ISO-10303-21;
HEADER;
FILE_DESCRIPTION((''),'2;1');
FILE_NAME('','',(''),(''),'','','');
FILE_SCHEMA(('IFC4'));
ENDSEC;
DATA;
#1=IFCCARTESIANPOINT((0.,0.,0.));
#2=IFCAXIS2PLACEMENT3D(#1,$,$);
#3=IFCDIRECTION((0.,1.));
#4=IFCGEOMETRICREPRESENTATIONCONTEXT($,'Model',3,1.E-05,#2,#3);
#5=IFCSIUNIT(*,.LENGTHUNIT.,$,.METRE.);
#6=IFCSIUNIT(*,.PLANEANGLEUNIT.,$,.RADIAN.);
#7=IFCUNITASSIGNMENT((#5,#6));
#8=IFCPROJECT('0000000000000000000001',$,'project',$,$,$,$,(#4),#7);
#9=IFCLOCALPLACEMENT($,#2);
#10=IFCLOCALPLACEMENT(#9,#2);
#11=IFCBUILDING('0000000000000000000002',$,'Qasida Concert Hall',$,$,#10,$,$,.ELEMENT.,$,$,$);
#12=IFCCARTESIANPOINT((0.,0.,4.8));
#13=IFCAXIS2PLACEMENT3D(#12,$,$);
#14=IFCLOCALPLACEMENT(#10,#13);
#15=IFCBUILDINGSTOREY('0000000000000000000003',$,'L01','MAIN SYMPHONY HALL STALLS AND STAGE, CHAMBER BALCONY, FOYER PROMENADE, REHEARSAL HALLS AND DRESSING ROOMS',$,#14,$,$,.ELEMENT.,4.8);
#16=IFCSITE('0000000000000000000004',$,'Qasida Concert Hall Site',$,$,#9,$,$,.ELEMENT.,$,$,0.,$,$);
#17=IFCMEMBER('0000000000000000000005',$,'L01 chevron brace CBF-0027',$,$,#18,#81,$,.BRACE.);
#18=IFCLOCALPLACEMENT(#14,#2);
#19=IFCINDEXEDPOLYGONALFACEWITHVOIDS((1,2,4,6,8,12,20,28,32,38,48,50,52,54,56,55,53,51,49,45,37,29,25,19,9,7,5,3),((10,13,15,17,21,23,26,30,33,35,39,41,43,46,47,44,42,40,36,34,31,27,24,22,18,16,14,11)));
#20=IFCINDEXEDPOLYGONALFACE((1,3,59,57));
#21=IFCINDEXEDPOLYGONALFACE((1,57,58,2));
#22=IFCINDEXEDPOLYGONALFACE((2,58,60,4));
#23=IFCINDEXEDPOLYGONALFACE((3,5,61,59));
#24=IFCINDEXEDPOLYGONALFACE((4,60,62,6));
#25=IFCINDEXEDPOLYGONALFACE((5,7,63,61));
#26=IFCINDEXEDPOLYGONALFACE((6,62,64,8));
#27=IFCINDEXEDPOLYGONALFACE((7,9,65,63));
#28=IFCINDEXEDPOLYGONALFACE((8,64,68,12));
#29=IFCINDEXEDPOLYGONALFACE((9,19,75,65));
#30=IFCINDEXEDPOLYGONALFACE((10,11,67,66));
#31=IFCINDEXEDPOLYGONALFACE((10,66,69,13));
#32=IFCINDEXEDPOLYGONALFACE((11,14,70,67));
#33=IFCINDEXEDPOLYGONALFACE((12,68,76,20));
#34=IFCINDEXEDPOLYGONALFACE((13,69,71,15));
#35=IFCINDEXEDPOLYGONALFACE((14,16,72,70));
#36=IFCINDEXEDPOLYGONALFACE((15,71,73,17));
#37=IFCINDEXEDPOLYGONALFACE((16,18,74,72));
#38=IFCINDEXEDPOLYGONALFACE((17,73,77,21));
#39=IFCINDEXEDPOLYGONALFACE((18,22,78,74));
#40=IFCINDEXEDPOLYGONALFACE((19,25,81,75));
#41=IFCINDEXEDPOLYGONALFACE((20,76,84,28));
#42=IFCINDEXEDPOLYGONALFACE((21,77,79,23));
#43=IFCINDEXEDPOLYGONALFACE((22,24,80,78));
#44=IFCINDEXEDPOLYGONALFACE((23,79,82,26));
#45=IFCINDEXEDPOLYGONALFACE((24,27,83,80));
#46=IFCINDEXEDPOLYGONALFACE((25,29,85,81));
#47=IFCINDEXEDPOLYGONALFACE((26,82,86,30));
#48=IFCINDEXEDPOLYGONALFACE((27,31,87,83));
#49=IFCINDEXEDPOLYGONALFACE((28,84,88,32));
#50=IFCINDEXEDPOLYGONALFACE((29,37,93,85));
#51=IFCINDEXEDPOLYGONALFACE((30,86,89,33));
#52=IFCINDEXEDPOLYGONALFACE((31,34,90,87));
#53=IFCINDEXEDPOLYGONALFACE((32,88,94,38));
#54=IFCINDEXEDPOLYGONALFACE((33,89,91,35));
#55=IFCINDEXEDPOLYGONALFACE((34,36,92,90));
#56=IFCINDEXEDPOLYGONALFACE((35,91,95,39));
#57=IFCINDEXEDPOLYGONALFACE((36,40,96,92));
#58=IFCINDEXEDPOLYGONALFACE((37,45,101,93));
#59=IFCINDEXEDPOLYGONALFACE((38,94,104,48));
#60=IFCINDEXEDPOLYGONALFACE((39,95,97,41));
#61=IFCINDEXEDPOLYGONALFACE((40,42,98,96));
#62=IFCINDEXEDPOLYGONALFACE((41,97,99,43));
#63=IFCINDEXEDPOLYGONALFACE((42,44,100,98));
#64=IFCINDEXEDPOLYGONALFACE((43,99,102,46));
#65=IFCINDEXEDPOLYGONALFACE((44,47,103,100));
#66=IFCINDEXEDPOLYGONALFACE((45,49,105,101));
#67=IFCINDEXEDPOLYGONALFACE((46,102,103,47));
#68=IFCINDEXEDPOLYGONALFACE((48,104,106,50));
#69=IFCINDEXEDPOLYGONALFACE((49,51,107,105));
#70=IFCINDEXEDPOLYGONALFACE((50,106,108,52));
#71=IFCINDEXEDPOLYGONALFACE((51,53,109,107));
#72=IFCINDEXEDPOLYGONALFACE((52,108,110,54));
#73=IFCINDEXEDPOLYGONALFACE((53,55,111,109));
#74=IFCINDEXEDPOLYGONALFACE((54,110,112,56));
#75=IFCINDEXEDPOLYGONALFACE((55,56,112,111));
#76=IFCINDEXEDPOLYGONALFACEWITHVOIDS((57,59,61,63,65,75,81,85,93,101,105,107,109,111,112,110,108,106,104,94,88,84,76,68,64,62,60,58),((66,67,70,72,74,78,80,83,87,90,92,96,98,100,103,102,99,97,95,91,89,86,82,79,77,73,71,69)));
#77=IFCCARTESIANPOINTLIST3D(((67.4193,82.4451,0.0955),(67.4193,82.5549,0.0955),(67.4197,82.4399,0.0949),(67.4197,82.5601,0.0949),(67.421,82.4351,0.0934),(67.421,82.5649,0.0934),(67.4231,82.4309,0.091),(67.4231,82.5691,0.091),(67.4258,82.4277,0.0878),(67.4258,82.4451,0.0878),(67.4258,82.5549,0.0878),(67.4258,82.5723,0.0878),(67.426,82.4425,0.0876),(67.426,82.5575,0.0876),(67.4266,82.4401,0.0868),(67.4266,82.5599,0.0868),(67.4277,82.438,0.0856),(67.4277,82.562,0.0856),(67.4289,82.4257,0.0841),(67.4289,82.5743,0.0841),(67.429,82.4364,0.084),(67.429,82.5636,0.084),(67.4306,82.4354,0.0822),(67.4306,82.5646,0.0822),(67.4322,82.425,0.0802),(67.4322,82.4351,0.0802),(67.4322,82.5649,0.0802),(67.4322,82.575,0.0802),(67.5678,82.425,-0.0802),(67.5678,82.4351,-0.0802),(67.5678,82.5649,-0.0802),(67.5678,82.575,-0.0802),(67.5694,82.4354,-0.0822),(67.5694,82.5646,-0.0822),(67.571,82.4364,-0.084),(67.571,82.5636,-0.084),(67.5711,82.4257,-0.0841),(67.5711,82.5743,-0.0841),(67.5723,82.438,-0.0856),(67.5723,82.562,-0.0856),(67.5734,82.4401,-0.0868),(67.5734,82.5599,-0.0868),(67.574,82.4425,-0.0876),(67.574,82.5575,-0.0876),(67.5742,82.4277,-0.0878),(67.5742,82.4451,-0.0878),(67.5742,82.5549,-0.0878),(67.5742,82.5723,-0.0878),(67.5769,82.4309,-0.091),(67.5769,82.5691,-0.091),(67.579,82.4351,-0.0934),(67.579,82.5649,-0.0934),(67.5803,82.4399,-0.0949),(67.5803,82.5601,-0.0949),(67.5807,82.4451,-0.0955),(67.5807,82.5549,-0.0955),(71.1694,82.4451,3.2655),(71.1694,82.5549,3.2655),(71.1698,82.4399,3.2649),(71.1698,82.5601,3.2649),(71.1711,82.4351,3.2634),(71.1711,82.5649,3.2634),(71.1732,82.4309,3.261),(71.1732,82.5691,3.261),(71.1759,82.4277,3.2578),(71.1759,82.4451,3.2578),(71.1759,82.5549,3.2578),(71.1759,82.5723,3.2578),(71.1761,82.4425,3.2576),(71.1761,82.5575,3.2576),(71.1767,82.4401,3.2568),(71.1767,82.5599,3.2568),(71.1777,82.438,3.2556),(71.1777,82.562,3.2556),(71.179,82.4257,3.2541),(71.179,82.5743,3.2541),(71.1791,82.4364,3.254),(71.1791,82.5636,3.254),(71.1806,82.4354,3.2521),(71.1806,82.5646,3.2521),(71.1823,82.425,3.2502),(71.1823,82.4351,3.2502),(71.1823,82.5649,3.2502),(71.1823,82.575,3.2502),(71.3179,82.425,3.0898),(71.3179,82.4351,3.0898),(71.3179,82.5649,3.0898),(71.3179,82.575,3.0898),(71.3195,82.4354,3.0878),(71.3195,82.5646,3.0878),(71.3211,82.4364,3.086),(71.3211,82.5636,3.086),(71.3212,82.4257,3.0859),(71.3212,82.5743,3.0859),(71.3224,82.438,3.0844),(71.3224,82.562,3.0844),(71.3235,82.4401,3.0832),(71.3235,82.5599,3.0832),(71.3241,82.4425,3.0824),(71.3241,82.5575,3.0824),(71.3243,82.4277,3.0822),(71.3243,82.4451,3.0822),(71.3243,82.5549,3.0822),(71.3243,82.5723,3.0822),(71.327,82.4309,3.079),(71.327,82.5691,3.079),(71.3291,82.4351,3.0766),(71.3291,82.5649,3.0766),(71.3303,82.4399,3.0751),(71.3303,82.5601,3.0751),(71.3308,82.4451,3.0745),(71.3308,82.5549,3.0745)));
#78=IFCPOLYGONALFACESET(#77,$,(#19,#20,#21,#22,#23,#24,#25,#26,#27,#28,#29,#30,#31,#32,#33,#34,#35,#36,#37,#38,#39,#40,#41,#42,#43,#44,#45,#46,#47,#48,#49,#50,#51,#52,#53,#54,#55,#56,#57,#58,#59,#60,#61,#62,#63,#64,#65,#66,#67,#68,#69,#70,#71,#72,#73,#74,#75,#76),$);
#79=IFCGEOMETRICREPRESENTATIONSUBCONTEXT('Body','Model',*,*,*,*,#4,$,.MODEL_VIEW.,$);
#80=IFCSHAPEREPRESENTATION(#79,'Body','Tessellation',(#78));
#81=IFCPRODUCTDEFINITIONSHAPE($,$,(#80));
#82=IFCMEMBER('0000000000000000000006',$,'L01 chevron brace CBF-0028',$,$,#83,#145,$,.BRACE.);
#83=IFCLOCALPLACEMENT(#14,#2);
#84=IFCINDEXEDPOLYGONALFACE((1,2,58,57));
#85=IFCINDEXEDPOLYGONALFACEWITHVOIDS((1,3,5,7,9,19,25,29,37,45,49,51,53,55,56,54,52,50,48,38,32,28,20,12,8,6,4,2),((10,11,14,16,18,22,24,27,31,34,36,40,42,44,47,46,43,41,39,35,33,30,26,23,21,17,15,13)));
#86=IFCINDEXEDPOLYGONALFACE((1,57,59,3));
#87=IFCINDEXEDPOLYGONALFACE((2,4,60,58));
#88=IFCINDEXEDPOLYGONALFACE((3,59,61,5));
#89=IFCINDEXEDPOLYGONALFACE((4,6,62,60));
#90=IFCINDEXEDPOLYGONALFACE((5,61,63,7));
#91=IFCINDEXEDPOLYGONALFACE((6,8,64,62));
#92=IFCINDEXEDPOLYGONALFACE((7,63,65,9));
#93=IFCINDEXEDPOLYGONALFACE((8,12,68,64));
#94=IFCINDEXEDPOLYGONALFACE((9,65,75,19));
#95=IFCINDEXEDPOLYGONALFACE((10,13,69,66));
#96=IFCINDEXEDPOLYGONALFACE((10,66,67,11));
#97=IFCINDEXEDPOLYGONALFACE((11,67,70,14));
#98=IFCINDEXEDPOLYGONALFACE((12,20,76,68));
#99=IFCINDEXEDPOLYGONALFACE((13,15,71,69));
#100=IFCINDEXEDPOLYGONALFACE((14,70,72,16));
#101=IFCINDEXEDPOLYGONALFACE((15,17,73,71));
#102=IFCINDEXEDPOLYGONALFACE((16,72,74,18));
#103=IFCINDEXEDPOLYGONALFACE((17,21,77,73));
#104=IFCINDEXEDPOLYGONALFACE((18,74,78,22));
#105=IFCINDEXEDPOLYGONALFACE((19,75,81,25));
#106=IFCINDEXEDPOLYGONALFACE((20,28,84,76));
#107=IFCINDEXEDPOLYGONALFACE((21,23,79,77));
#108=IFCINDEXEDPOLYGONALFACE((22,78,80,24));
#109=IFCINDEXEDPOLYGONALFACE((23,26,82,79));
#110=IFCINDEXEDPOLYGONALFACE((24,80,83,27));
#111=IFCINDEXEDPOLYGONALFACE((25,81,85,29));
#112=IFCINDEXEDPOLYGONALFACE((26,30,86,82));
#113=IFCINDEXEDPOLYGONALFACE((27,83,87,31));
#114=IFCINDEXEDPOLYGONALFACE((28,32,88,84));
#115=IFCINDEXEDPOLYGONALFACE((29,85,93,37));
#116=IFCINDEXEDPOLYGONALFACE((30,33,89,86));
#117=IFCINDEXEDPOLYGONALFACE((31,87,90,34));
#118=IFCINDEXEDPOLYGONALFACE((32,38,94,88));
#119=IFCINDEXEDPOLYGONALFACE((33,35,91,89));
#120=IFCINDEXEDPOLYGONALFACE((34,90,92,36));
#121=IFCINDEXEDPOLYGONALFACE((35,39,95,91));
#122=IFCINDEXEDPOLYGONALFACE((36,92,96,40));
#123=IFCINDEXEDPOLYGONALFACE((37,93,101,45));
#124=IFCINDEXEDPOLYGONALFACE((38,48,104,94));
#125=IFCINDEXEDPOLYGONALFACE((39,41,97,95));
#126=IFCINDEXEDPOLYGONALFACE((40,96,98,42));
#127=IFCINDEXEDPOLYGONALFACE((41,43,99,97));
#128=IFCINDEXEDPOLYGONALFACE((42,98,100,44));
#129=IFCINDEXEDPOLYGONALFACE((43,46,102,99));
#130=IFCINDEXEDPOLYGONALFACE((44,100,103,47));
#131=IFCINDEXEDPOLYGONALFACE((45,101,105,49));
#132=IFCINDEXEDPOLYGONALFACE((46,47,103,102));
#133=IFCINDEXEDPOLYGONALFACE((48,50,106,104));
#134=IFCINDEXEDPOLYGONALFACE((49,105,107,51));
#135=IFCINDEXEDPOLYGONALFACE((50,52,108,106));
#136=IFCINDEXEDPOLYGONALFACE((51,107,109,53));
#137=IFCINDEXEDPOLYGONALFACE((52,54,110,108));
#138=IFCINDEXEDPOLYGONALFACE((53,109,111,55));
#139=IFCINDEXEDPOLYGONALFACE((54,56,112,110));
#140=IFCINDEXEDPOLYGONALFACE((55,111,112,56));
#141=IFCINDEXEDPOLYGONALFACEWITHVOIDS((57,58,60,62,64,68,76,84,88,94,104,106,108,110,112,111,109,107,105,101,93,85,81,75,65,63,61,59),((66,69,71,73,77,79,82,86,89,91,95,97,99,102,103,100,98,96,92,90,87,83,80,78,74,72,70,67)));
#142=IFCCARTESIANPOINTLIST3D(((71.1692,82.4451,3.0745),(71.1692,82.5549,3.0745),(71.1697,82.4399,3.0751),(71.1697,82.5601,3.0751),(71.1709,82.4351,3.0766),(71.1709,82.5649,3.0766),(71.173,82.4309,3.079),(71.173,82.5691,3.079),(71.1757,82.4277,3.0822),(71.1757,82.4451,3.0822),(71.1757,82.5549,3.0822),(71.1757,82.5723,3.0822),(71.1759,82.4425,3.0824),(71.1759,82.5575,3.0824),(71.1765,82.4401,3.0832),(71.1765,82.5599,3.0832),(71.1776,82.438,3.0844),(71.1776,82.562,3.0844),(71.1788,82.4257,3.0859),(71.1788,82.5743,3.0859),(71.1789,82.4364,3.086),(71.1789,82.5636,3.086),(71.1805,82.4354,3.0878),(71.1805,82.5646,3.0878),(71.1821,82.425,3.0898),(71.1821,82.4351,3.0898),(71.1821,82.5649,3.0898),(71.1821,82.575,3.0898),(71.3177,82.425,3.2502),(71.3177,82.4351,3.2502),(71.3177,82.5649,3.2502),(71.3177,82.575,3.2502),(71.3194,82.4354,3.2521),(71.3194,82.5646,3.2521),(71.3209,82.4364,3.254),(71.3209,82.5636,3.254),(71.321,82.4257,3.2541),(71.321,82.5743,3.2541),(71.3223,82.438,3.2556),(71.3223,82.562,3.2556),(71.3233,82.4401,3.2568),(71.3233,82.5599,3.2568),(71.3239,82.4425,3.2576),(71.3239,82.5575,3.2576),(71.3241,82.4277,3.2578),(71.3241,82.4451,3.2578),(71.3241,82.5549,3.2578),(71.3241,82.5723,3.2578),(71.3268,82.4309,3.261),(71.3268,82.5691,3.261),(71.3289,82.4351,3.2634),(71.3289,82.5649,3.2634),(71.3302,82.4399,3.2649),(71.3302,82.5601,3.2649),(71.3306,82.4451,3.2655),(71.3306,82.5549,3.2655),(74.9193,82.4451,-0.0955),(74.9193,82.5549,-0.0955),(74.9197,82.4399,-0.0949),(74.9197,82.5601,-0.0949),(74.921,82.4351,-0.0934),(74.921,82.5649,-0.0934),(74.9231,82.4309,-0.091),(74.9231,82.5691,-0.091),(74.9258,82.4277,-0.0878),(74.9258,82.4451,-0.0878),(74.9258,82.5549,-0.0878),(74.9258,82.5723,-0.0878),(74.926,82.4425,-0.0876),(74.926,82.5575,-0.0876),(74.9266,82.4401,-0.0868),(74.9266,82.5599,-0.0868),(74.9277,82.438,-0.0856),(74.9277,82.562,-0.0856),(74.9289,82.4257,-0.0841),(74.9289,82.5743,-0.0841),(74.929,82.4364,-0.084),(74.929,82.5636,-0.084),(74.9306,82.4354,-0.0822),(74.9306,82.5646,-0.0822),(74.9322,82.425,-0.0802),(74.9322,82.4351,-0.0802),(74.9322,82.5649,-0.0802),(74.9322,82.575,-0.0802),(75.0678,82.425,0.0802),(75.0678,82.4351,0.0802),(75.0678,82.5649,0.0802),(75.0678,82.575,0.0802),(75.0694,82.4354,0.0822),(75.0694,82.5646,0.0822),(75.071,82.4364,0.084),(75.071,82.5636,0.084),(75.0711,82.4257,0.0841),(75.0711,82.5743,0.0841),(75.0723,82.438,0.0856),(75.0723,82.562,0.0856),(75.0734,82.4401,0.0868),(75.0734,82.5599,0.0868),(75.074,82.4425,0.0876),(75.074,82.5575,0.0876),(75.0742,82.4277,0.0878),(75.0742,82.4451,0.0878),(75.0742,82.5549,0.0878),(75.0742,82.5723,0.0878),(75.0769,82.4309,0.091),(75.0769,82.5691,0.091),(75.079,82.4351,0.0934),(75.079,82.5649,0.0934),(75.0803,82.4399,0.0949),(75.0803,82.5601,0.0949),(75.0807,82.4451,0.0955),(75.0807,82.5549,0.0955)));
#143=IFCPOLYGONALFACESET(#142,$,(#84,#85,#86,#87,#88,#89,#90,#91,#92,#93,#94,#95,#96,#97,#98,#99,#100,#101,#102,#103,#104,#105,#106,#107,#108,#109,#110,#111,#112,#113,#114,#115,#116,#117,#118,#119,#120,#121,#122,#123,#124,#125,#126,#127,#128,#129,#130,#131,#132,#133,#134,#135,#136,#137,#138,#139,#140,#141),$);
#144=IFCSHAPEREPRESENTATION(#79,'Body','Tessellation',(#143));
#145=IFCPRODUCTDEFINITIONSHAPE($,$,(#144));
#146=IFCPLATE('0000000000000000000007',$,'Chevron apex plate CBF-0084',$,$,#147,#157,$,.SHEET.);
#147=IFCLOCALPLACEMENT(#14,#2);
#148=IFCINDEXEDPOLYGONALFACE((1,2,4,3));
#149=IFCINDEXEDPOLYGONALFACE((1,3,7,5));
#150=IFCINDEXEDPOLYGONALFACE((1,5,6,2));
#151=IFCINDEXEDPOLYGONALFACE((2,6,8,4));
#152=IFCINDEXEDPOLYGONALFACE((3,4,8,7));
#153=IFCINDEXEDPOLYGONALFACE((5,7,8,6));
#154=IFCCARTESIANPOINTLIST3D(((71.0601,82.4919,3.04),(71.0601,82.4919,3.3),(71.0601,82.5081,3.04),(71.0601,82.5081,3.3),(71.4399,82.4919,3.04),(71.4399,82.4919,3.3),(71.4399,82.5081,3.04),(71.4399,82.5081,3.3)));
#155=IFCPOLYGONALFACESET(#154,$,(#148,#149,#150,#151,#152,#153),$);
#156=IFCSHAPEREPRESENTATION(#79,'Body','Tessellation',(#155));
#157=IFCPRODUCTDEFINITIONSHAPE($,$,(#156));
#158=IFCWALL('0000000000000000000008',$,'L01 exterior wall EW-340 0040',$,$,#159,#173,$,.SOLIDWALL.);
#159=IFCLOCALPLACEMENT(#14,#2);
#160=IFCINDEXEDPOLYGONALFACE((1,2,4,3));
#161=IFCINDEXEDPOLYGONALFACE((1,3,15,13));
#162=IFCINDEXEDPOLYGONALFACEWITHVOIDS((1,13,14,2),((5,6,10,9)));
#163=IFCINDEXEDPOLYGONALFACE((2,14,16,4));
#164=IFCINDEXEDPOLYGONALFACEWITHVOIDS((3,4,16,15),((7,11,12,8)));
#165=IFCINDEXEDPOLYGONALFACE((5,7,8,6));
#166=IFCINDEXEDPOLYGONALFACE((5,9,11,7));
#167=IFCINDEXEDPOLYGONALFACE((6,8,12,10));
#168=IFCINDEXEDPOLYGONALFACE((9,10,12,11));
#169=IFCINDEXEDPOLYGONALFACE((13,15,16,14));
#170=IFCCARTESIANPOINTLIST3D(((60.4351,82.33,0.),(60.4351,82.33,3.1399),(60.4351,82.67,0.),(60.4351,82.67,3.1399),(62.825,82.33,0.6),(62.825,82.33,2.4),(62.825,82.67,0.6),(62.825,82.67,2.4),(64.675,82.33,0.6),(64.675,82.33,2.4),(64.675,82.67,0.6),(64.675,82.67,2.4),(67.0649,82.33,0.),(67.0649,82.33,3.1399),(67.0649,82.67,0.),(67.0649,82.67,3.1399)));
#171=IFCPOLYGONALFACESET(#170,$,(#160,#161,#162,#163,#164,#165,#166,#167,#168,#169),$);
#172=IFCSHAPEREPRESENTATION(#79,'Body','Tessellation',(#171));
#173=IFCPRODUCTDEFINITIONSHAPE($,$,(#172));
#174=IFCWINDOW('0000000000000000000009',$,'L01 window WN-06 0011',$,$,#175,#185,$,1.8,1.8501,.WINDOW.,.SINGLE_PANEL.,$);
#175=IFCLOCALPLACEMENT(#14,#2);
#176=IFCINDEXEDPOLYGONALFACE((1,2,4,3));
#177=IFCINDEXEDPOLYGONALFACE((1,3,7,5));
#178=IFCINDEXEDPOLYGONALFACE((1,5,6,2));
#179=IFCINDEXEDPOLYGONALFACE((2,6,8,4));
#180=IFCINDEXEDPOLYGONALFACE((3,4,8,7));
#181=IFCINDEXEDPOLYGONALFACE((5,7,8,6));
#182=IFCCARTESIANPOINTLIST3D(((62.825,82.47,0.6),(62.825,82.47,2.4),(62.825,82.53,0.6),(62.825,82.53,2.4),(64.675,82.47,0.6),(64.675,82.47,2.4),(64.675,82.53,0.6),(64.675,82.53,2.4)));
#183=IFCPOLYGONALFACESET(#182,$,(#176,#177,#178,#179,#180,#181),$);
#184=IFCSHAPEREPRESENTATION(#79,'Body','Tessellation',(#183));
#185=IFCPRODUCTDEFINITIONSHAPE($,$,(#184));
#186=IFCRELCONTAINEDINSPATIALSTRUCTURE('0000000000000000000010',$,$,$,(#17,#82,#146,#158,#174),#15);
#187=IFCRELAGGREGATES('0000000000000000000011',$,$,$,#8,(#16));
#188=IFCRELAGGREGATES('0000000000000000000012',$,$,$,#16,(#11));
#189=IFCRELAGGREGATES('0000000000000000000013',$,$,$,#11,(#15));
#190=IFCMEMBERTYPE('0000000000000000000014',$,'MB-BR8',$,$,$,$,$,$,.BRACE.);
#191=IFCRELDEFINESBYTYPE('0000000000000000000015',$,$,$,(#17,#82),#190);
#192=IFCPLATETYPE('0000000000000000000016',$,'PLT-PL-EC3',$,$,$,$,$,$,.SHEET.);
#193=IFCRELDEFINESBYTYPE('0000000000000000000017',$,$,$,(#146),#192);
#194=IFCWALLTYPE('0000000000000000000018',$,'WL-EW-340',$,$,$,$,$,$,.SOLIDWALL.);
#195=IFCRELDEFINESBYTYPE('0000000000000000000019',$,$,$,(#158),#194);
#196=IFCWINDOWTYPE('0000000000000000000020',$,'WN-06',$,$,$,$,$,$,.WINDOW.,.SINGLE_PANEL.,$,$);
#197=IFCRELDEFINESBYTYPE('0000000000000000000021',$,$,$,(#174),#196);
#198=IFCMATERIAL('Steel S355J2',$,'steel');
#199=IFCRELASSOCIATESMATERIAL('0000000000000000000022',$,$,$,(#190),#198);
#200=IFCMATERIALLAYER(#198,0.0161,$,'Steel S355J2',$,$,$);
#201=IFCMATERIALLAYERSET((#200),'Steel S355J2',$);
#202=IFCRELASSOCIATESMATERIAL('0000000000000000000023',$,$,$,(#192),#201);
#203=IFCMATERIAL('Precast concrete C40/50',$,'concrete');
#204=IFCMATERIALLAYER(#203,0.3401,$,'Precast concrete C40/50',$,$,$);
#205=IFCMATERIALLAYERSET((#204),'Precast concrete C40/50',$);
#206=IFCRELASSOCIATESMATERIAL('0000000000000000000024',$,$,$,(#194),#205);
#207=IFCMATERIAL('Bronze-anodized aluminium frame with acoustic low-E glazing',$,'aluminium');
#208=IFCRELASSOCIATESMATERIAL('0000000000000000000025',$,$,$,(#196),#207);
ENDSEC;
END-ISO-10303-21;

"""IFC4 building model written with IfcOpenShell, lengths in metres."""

from ifc_helpers import new_model, si_unit, direction, frame, frame_2d, origin, origin_2d, place, context, subcontext, project, spatial, rectangle, hollow_rectangle, extrude, material, layer, layer_set, material_profile, profile_set, type_object, element, fill, save


model = new_model("IFC4")

# Units and contexts
model_context = context("Model", 3, precision=1e-05, world=origin(), true_north=direction((0.0, 1.0)))
body_context = subcontext(model_context, "Body", "Model", "MODEL_VIEW")
ifc_project = project(units=[si_unit("LENGTHUNIT", "METRE"), si_unit("PLANEANGLEUNIT", "RADIAN")], contexts=[model_context])

# Site, building, storey
site_placement = place(None, origin())
site = spatial("IfcSite", under=ifc_project, at=site_placement, Name="Qasida Concert Hall Site", CompositionType="ELEMENT", RefElevation=0.0)
building_placement = place(site_placement, origin())
building = spatial("IfcBuilding", under=site, at=building_placement, Name="Qasida Concert Hall", CompositionType="ELEMENT")
storey_placement = place(building_placement, frame((0.0, 0.0, 4.8)))
storey = spatial("IfcBuildingStorey", under=building, at=storey_placement, Name="L01", Description="MAIN SYMPHONY HALL STALLS AND STAGE, CHAMBER BALCONY, FOYER PROMENADE, REHEARSAL HALLS AND DRESSING ROOMS", CompositionType="ELEMENT", Elevation=4.8)

# Shared definitions
ifc_material_1 = material(Name="Steel S355J2", Category="steel")

# Members
ifc_material_profile_1 = material_profile(ifc_material_1, hollow_rectangle(XDim=0.1499, YDim=0.25, WallThickness=0.01, InnerFilletRadius=0.01, OuterFilletRadius=0.02, at=origin_2d()), Name="RHS 250x150x10")
ifc_profile_set_1 = profile_set([ifc_material_profile_1], Name="Steel S355J2")
member_type = type_object("IfcMemberType", Name="MB-BR8", PredefinedType="BRACE", material=ifc_profile_set_1)
for number, where, z_axis, x_axis, name in (
    (1, (67.5, 82.5, 0.0), (0.763703, 0.0, 0.645568), (0.0, 1.0, 0.0), "L01 chevron brace CBF-0027"),
    (2, (75.0, 82.5, 0.0), (-0.763703, 0.0, 0.645568), (0.0, -1.0, 0.0), "L01 chevron brace CBF-0028"),
):
    element("IfcMember", number, at=place(storey_placement, frame(where, z_axis=z_axis, x_axis=x_axis)), inside=storey, type_object=member_type, Name=name, PredefinedType="BRACE", context=body_context, shape_type="SweptSolid", body=[
        extrude(hollow_rectangle(XDim=0.1499, YDim=0.25, WallThickness=0.01, InnerFilletRadius=0.01, OuterFilletRadius=0.02, at=origin_2d()), origin(), (0.0, 0.0, 1.0), 4.9104),
    ])

# Plate
ifc_layer_1 = layer(ifc_material_1, 0.0161, Name="Steel S355J2")
ifc_layer_set_1 = layer_set([ifc_layer_1], Name="Steel S355J2")
plate_type = type_object("IfcPlateType", Name="PLT-PL-EC3", PredefinedType="SHEET", material=ifc_layer_set_1)
plate_placement = place(storey_placement, frame((71.25, 82.5, 3.04), z_axis=(0.0, 0.0, 1.0), x_axis=(1.0, 0.0, 0.0)))
element("IfcPlate", 3, at=plate_placement, inside=storey, type_object=plate_type, Name="Chevron apex plate CBF-0084", PredefinedType="SHEET", context=body_context, shape_type="SweptSolid", body=[
    extrude(rectangle(XDim=0.3799, YDim=0.0161, at=origin_2d()), origin(), (0.0, 0.0, 1.0), 0.26),
])

# Wall, opening, window
ifc_material_2 = material(Name="Precast concrete C40/50", Category="concrete")
ifc_layer_2 = layer(ifc_material_2, 0.3401, Name="Precast concrete C40/50")
ifc_layer_set_2 = layer_set([ifc_layer_2], Name="Precast concrete C40/50")
wall_type_1 = type_object("IfcWallType", Name="WL-EW-340", PredefinedType="SOLIDWALL", material=ifc_layer_set_2)
wall_1_placement = place(storey_placement, frame((60.4351, 82.5, 0.0), z_axis=(0.0, 0.0, 1.0), x_axis=(1.0, 0.0, 0.0)))
wall_1 = element("IfcWall", 4, at=wall_1_placement, inside=storey, type_object=wall_type_1, Name="L01 exterior wall EW-340 0040", PredefinedType="SOLIDWALL", context=body_context, shape_type="SweptSolid", body=[
    extrude(rectangle(XDim=6.6299, YDim=0.3401, at=frame_2d((3.3149, 0.0))), origin(), (0.0, 0.0, 1.0), 3.1399),
])
opening_1_placement = place(wall_1_placement, frame((2.3899, 0.0, 0.6001)))
opening_1 = element("IfcOpeningElement", 5, at=opening_1_placement, cuts=wall_1, PredefinedType="OPENING", context=body_context, shape_type="SweptSolid", body=[
    extrude(rectangle(XDim=1.8501, YDim=1.8, at=frame_2d((0.925, 0.8999))), frame((0.0, 0.1799, 0.0), z_axis=(0.0, -1.0, 0.0), x_axis=(1.0, 0.0, 0.0)), (0.0, 0.0, 1.0), 0.3601),
])
ifc_material_3 = material(Name="Bronze-anodized aluminium frame with acoustic low-E glazing", Category="aluminium")
window_type_1 = type_object("IfcWindowType", Name="WN-06", PartitioningType="SINGLE_PANEL", PredefinedType="WINDOW", material=ifc_material_3)
window_1_placement = place(opening_1_placement, origin())
window_1 = element("IfcWindow", 6, at=window_1_placement, inside=storey, type_object=window_type_1, Name="L01 window WN-06 0011", OverallHeight=1.8, OverallWidth=1.8501, PartitioningType="SINGLE_PANEL", PredefinedType="WINDOW", context=body_context, shape_type="SweptSolid", body=[
    extrude(rectangle(XDim=1.8501, YDim=1.8, at=frame_2d((0.925, 0.8999))), frame((0.0, 0.03, 0.0), z_axis=(0.0, -1.0, 0.0), x_axis=(1.0, 0.0, 0.0)), (0.0, 0.0, 1.0), 0.0601),
])
fill(opening_1, window_1)

save(model, "model.ifc")
